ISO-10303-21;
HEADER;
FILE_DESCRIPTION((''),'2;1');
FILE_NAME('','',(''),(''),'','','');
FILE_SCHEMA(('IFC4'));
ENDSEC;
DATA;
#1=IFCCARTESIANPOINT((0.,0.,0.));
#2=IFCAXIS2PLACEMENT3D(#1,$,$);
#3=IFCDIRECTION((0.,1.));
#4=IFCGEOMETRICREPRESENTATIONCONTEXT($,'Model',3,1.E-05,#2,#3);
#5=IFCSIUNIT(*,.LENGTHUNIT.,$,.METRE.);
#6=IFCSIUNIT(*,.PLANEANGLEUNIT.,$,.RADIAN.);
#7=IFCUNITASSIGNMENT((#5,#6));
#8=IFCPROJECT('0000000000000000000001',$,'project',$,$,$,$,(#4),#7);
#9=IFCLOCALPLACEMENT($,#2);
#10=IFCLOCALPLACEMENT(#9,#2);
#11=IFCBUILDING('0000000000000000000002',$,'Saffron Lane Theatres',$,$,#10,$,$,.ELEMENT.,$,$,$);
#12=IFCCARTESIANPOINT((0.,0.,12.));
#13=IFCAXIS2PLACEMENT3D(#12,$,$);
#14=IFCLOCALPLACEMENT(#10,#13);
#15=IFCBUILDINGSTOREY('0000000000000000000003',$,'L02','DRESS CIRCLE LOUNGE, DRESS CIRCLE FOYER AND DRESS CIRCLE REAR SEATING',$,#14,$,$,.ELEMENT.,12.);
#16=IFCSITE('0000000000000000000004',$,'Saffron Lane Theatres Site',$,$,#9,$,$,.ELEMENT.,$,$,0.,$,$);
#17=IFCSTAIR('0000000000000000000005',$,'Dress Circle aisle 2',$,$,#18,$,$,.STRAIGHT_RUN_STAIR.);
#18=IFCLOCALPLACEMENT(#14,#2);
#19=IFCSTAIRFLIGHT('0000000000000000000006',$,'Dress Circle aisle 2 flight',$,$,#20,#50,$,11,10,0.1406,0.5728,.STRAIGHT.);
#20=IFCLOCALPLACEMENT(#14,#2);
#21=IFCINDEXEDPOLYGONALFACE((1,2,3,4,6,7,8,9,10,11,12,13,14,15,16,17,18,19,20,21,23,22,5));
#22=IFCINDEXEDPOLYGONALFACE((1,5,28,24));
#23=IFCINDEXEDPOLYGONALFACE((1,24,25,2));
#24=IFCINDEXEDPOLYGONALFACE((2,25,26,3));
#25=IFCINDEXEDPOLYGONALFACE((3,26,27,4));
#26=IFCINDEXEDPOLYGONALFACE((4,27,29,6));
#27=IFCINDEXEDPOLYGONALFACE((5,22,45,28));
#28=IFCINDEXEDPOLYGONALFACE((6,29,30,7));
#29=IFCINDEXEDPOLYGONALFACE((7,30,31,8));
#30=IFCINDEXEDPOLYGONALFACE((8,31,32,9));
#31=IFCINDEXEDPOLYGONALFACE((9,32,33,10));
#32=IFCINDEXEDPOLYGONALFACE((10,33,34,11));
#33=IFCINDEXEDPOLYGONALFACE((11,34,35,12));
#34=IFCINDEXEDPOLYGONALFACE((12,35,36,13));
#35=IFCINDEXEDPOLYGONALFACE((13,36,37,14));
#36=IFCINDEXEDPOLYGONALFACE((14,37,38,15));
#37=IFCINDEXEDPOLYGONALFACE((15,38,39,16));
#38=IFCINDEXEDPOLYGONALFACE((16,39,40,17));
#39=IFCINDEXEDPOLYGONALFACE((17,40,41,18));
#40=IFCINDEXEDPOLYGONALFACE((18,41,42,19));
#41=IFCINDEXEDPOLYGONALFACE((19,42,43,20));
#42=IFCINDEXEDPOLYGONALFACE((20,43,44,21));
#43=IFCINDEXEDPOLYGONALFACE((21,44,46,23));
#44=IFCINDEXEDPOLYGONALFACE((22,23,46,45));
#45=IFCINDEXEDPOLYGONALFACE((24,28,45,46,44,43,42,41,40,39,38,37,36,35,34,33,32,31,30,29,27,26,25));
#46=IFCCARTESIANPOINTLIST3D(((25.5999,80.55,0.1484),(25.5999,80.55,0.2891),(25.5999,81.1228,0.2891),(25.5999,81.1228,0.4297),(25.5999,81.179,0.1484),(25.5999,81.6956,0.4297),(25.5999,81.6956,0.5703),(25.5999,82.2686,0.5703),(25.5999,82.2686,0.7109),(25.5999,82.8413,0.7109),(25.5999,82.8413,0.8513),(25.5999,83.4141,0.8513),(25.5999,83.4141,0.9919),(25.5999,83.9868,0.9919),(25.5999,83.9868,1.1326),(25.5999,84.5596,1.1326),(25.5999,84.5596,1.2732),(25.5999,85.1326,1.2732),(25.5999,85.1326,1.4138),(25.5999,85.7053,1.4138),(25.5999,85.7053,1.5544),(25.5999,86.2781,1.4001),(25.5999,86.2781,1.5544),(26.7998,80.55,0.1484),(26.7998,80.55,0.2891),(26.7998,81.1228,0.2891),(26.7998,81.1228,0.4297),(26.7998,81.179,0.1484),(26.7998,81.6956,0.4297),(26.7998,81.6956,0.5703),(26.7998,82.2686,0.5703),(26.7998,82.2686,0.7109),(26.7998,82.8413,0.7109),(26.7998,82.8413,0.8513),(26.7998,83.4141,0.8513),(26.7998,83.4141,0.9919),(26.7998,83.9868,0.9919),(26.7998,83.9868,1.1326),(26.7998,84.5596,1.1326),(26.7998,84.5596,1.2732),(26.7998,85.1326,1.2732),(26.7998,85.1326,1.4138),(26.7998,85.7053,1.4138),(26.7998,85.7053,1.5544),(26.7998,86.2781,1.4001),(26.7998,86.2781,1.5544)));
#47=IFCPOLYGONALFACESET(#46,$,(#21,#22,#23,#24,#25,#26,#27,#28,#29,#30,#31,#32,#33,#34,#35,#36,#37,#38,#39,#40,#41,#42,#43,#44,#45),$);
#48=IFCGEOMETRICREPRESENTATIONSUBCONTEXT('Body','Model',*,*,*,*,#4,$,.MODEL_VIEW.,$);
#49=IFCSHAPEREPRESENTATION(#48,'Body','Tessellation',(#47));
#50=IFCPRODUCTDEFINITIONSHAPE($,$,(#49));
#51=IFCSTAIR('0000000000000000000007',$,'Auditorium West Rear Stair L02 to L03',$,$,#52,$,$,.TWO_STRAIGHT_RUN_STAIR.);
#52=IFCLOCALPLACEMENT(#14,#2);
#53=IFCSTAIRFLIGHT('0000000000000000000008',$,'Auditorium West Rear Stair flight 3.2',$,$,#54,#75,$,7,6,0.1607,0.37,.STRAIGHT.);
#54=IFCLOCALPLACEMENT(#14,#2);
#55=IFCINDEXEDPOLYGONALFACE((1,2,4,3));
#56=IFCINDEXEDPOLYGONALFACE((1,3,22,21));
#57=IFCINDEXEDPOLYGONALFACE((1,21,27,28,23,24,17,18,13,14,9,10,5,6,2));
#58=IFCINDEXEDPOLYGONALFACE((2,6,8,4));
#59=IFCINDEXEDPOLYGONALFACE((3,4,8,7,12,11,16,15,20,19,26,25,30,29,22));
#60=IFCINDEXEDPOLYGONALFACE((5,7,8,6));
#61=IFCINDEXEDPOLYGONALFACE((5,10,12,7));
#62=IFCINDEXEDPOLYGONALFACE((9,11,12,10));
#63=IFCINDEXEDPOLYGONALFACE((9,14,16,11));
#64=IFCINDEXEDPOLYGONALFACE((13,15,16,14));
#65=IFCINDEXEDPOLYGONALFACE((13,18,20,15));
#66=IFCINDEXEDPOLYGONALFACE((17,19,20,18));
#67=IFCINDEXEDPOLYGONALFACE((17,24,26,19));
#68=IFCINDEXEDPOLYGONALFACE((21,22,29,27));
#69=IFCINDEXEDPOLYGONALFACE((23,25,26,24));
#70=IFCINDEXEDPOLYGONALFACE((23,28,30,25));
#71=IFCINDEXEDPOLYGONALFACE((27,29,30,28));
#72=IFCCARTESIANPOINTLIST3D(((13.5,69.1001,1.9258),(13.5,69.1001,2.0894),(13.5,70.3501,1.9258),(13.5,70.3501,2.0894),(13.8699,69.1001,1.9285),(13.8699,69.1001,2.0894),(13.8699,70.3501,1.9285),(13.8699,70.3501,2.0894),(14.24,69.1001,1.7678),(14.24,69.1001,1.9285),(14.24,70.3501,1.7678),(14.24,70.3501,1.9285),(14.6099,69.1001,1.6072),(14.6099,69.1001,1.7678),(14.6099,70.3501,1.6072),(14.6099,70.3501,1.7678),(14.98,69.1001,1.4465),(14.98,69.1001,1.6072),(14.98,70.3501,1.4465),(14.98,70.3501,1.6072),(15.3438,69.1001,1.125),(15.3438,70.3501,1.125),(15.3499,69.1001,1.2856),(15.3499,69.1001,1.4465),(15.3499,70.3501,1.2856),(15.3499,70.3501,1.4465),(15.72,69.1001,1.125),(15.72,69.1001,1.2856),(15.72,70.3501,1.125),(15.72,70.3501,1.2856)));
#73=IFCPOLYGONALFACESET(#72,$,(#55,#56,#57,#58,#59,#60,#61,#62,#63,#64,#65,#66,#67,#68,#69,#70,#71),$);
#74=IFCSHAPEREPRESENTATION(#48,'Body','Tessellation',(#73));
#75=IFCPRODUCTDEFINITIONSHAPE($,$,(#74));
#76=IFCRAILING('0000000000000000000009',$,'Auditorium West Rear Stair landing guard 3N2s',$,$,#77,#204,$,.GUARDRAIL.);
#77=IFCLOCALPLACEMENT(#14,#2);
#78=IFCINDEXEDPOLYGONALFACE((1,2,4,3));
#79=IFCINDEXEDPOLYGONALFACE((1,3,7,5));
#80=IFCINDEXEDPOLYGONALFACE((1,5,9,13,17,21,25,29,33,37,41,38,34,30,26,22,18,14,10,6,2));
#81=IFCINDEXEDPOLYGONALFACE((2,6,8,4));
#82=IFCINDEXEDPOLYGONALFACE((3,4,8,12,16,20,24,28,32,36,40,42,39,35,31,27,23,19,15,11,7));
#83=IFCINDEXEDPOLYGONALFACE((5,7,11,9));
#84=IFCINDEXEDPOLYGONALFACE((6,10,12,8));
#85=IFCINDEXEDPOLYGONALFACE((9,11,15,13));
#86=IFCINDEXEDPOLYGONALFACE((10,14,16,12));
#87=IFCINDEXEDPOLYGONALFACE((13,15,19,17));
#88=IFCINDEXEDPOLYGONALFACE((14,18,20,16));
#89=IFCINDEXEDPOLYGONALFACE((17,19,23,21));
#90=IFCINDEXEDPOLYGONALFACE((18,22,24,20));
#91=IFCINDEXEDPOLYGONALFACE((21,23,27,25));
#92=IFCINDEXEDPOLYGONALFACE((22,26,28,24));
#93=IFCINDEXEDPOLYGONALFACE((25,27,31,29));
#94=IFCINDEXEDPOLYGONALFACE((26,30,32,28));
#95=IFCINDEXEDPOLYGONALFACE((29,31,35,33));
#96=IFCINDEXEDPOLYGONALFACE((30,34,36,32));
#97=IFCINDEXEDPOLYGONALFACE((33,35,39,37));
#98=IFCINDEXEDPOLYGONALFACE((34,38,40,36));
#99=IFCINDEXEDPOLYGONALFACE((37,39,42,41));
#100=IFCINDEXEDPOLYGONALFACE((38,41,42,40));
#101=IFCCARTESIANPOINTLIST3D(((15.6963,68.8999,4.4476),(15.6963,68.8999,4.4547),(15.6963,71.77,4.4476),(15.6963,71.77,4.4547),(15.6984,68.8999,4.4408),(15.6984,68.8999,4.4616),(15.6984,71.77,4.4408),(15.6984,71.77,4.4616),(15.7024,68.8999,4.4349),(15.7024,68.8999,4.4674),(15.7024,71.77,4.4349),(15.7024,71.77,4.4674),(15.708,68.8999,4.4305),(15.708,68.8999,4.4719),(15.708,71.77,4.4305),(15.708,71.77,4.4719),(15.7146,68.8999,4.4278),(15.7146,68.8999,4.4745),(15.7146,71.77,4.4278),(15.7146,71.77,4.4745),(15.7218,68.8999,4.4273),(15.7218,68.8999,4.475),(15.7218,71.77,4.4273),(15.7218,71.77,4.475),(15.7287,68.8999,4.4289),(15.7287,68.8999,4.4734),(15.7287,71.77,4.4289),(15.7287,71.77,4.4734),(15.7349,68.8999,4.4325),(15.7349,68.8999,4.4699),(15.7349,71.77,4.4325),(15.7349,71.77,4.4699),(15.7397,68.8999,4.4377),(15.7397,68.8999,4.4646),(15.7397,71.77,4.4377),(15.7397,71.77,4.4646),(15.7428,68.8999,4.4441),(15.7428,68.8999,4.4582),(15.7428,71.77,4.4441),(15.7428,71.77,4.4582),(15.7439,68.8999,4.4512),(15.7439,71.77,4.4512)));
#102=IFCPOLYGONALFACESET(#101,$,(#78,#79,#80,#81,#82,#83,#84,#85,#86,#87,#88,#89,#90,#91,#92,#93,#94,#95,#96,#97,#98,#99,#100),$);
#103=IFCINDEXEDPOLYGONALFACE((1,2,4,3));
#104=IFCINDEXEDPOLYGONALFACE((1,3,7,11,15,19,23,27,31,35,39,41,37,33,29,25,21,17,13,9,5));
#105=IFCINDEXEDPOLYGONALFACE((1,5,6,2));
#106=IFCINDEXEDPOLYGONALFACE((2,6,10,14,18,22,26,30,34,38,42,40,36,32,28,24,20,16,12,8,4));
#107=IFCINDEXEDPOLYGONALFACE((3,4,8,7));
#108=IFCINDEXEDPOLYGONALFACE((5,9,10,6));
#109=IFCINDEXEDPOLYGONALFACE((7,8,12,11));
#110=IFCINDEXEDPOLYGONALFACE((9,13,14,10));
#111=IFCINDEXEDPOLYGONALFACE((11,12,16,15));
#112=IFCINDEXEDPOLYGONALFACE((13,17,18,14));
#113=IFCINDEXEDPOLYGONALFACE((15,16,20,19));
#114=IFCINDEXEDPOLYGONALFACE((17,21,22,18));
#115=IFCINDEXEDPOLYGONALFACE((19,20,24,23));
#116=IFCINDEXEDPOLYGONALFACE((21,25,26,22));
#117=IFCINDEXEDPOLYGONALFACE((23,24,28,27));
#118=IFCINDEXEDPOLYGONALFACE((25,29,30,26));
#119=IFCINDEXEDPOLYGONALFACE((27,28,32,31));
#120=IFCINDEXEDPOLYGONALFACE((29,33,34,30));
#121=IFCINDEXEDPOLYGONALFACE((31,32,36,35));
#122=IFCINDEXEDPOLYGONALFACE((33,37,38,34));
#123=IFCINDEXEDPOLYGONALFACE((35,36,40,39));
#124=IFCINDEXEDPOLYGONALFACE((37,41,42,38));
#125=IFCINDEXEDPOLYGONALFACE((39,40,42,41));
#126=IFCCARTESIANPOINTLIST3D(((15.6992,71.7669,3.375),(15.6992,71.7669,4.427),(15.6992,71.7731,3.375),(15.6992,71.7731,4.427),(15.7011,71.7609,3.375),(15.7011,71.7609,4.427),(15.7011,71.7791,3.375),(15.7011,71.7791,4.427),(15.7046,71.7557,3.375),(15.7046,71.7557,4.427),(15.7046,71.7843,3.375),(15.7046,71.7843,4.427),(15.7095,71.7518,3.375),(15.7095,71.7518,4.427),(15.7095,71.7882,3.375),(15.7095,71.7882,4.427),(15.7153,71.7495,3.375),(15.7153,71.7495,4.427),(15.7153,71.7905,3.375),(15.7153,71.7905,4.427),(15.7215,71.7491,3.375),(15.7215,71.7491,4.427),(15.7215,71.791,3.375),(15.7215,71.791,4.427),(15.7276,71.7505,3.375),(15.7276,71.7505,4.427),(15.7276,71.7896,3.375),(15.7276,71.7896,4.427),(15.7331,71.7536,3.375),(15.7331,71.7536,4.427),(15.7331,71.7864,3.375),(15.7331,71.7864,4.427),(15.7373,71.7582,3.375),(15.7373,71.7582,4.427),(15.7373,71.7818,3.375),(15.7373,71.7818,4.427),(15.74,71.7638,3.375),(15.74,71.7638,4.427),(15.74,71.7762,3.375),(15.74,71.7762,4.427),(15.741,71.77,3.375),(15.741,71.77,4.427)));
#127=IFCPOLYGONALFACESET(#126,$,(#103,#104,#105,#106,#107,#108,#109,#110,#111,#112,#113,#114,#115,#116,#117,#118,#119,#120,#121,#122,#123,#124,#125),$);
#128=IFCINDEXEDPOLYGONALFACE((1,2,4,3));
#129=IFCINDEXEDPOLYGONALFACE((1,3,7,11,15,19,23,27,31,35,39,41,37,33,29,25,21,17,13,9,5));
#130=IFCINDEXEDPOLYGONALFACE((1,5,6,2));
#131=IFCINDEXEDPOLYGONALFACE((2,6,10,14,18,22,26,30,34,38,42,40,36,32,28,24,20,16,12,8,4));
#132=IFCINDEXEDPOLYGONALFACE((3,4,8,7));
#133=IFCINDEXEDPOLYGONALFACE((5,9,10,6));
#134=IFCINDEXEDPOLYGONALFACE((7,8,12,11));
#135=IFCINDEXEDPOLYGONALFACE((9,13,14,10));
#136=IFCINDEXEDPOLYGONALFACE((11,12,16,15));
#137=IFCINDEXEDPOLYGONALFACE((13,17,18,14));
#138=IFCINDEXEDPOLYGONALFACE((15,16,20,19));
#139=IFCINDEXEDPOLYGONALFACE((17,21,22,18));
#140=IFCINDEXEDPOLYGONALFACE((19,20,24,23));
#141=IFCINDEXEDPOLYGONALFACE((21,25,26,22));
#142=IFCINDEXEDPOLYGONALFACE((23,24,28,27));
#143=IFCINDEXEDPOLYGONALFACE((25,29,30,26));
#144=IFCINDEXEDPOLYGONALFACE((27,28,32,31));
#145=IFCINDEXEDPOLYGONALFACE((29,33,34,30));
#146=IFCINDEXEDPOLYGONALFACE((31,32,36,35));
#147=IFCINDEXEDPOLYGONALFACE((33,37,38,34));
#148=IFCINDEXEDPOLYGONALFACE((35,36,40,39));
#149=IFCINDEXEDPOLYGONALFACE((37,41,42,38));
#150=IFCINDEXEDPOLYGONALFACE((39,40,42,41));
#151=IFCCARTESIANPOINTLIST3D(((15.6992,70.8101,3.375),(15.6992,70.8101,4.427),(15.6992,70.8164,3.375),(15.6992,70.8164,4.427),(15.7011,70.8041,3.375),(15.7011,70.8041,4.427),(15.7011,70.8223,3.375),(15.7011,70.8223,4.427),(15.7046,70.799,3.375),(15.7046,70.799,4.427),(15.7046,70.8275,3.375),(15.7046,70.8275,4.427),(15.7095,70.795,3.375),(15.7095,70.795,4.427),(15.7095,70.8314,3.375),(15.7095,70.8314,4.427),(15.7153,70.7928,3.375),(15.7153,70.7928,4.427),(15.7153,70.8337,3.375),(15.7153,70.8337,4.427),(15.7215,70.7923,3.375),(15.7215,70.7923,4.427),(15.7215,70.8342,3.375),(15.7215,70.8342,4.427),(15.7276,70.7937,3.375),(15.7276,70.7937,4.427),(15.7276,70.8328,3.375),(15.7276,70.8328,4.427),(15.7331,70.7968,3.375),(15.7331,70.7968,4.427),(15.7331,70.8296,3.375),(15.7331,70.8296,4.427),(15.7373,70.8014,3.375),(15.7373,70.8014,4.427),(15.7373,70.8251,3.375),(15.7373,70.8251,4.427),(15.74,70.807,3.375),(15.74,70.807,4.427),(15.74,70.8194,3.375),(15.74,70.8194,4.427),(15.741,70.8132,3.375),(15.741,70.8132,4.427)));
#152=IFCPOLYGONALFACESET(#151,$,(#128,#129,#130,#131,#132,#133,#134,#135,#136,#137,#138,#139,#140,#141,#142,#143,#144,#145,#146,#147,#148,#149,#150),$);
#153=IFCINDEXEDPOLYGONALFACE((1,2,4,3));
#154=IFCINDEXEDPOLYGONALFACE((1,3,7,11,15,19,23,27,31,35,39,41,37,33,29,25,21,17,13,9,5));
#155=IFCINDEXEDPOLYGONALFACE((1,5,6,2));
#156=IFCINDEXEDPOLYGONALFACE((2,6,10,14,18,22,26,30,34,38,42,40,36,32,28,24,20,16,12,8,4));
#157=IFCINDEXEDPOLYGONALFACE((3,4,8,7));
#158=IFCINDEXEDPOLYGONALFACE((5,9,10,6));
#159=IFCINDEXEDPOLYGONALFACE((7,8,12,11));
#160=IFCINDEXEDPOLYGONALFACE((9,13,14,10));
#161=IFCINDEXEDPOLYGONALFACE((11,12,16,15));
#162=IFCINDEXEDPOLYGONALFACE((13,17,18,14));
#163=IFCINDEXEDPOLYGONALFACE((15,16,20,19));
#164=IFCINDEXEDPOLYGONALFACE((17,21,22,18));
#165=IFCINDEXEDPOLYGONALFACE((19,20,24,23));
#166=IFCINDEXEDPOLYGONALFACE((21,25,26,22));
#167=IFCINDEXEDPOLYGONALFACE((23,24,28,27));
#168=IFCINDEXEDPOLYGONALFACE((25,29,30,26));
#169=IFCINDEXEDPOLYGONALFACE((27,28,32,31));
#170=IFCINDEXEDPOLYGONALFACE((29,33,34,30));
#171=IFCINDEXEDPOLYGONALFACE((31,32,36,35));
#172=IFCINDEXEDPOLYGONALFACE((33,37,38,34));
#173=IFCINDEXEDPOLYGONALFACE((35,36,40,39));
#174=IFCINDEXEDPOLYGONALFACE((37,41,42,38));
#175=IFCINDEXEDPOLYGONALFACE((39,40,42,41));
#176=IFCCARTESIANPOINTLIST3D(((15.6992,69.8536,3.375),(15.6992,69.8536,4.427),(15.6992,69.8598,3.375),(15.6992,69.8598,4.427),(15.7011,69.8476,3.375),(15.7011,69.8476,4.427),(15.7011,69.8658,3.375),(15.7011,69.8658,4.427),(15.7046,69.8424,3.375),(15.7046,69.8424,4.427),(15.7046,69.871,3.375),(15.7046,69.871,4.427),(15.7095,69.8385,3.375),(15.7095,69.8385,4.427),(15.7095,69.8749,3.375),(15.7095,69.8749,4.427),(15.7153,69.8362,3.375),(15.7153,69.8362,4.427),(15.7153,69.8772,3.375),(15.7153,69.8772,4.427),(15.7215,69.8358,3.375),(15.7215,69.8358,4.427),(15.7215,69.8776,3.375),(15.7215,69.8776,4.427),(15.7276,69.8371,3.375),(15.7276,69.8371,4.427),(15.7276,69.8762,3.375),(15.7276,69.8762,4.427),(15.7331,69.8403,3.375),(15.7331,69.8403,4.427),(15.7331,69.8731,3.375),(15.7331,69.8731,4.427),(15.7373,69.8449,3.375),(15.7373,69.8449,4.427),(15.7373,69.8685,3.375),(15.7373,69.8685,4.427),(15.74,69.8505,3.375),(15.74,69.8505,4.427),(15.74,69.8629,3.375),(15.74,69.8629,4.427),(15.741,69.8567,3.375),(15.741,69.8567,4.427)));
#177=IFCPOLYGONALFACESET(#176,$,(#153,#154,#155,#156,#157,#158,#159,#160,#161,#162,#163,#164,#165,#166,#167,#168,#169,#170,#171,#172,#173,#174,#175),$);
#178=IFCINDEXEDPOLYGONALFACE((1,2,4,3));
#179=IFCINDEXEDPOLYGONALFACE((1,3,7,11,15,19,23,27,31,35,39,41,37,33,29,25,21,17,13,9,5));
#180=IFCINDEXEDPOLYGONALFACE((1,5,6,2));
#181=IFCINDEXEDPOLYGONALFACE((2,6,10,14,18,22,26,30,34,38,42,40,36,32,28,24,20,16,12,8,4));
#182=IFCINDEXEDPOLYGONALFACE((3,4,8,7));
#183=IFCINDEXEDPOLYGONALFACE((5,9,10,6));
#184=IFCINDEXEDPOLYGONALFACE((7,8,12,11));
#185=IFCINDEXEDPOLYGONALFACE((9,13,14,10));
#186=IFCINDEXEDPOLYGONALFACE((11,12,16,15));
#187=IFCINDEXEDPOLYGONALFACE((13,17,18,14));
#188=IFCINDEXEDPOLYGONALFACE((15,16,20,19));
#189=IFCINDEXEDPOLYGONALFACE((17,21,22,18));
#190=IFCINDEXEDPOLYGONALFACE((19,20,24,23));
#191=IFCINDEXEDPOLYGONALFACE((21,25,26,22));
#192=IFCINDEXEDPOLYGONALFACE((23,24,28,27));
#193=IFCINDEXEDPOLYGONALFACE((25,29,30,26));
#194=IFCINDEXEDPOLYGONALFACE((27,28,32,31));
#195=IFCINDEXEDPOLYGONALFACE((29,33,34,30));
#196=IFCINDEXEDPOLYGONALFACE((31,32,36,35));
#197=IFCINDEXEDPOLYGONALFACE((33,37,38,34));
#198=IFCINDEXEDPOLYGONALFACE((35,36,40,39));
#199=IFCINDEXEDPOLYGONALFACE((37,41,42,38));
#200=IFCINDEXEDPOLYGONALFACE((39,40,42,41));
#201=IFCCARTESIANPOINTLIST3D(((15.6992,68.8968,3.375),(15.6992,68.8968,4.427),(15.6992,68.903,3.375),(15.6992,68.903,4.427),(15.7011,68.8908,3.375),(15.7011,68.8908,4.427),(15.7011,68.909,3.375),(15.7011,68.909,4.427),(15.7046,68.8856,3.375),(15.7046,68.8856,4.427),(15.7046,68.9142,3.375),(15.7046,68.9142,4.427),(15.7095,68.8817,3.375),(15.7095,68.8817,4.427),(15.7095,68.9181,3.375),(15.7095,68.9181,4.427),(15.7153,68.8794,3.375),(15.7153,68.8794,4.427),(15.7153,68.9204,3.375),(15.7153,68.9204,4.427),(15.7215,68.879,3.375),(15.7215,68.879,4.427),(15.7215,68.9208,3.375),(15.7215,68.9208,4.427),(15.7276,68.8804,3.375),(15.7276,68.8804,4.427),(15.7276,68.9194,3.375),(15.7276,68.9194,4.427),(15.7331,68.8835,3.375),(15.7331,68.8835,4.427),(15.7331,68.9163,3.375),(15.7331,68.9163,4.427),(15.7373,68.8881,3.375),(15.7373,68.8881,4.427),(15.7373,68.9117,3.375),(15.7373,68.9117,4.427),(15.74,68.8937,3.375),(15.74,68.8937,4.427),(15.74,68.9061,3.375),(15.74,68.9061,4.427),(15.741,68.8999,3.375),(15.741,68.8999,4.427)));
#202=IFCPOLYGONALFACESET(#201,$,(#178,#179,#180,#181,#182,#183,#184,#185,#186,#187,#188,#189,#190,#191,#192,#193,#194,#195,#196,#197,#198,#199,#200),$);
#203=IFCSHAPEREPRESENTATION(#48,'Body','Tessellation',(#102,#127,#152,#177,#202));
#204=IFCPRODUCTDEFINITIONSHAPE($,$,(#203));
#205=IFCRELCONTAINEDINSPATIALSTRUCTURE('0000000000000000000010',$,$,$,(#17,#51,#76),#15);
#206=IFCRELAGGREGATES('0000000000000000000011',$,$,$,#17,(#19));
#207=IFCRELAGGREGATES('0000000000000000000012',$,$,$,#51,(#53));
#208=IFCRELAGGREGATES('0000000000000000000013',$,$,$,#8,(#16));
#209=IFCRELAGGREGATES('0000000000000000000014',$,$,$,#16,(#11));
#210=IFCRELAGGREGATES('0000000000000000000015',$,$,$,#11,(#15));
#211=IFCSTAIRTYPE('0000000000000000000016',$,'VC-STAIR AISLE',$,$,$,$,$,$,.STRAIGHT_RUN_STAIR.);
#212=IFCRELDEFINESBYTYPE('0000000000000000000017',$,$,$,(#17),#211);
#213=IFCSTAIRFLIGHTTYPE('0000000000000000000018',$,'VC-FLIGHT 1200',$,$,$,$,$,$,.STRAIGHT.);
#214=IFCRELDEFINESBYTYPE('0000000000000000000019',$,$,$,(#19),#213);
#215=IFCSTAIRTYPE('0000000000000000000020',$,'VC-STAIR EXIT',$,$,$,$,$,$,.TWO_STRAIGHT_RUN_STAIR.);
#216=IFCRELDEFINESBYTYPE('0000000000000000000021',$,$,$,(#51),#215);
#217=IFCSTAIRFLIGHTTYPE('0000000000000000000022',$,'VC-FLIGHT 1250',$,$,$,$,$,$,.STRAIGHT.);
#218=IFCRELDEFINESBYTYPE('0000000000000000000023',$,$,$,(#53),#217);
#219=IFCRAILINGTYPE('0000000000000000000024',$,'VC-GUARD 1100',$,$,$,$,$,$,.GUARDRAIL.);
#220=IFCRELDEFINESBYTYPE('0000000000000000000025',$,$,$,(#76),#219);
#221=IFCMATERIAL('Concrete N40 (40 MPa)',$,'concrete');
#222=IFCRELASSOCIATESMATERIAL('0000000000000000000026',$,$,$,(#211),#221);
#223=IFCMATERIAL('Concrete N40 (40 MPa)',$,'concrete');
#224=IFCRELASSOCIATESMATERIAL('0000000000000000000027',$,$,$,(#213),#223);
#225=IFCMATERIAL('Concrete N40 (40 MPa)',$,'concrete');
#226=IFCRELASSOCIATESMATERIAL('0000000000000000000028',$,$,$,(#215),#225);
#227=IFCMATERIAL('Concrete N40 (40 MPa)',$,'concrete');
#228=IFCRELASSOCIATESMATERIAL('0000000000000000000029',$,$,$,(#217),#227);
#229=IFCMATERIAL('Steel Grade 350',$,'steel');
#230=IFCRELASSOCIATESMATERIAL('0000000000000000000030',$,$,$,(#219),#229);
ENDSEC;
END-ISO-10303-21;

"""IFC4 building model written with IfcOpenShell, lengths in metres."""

from ifc_helpers import new_model, si_unit, direction, frame, origin, origin_2d, place, context, subcontext, project, spatial, polyline, circle, outline, extrude, material, type_object, element, aggregate, save


model = new_model("IFC4")

# Units and contexts
model_context = context("Model", 3, precision=1e-05, world=origin(), true_north=direction((0.0, 1.0)))
body_context = subcontext(model_context, "Body", "Model", "MODEL_VIEW")
ifc_project = project(units=[si_unit("LENGTHUNIT", "METRE"), si_unit("PLANEANGLEUNIT", "RADIAN")], contexts=[model_context])

# Site, building, storey
site_placement = place(None, origin())
site = spatial("IfcSite", under=ifc_project, at=site_placement, Name="Saffron Lane Theatres Site", CompositionType="ELEMENT", RefElevation=0.0)
building_placement = place(site_placement, origin())
building = spatial("IfcBuilding", under=site, at=building_placement, Name="Saffron Lane Theatres", CompositionType="ELEMENT")
storey_placement = place(building_placement, frame((0.0, 0.0, 12.0)))
storey = spatial("IfcBuildingStorey", under=building, at=storey_placement, Name="L02", Description="DRESS CIRCLE LOUNGE, DRESS CIRCLE FOYER AND DRESS CIRCLE REAR SEATING", CompositionType="ELEMENT", Elevation=12.0)

# Stairs, stair flights
ifc_material_1 = material(Name="Concrete N40 (40 MPa)", Category="concrete")
stair_type_1 = type_object("IfcStairType", Name="VC-STAIR AISLE", PredefinedType="STRAIGHT_RUN_STAIR", material=ifc_material_1)
stair_1_placement = place(storey_placement, origin())
stair_1 = element("IfcStair", 1, at=stair_1_placement, inside=storey, type_object=stair_type_1, Name="Dress Circle aisle 2", PredefinedType="STRAIGHT_RUN_STAIR")
ifc_material_2 = material(Name="Concrete N40 (40 MPa)", Category="concrete")
stair_flight_type_1 = type_object("IfcStairFlightType", Name="VC-FLIGHT 1200", PredefinedType="STRAIGHT", material=ifc_material_2)
stair_flight_1_placement = place(storey_placement, frame((26.2, 80.55, 0.1484), z_axis=(0.0, 0.0, 1.0), x_axis=(0.0, 1.0, 0.0)))
stair_flight_1 = element("IfcStairFlight", 2, at=stair_flight_1_placement, type_object=stair_flight_type_1, Name="Dress Circle aisle 2 flight", NumberOfRisers=11, NumberOfTreads=10, PredefinedType="STRAIGHT", RiserHeight=0.1406, TreadLength=0.5728, context=body_context, shape_type="SweptSolid", body=[
    extrude(outline(polyline([(0.0, 0.0), (0.0, 0.1406), (0.5728, 0.1406), (0.5728, 0.2812), (1.1455, 0.2812), (1.1455, 0.4219), (1.7185, 0.4219), (1.7185, 0.5625), (2.2913, 0.5625), (2.2913, 0.7029), (2.864, 0.7029), (2.864, 0.8435), (3.4368, 0.8435), (3.4368, 0.9841), (4.0095, 0.9841), (4.0095, 1.1248), (4.5825, 1.1248), (4.5825, 1.2654), (5.1553, 1.2654), (5.1553, 1.406), (5.728, 1.406), (5.728, 1.5466), (5.728, 1.2517), (0.6289, 0.0), (0.0, 0.0)])), frame((0.0, 0.6001, 0.0), z_axis=(0.0, -1.0, 0.0), x_axis=(1.0, 0.0, 0.0)), (0.0, 0.0, 1.0), 1.2),
])
aggregate(stair_1, [stair_flight_1])
ifc_material_3 = material(Name="Concrete N40 (40 MPa)", Category="concrete")
stair_type_2 = type_object("IfcStairType", Name="VC-STAIR EXIT", PredefinedType="TWO_STRAIGHT_RUN_STAIR", material=ifc_material_3)
stair_2_placement = place(storey_placement, origin())
stair_2 = element("IfcStair", 3, at=stair_2_placement, inside=storey, type_object=stair_type_2, Name="Auditorium West Rear Stair L02 to L03", PredefinedType="TWO_STRAIGHT_RUN_STAIR")
ifc_material_4 = material(Name="Concrete N40 (40 MPa)", Category="concrete")
stair_flight_type_2 = type_object("IfcStairFlightType", Name="VC-FLIGHT 1250", PredefinedType="STRAIGHT", material=ifc_material_4)
stair_flight_2_placement = place(storey_placement, frame((15.72, 69.7251, 1.125), z_axis=(0.0, 0.0, 1.0), x_axis=(-1.0, 0.0, 0.0)))
stair_flight_2 = element("IfcStairFlight", 4, at=stair_flight_2_placement, type_object=stair_flight_type_2, Name="Auditorium West Rear Stair flight 3.2", NumberOfRisers=7, NumberOfTreads=6, PredefinedType="STRAIGHT", RiserHeight=0.1607, TreadLength=0.37, context=body_context, shape_type="SweptSolid", body=[
    extrude(outline(polyline([(0.0, 0.0), (0.0, 0.1606), (0.3701, 0.1606), (0.3701, 0.3215), (0.74, 0.3215), (0.74, 0.4822), (1.1101, 0.4822), (1.1101, 0.6428), (1.48, 0.6428), (1.48, 0.8035), (1.8501, 0.8035), (1.8501, 0.9644), (2.22, 0.9644), (2.22, 1.125), (2.22, 0.8008), (0.3762, 0.0), (0.0, 0.0)])), frame((0.0, 0.625, 0.0), z_axis=(0.0, -1.0, 0.0), x_axis=(1.0, 0.0, 0.0)), (0.0, 0.0, 1.0), 1.25),
])
aggregate(stair_2, [stair_flight_2])

# Railing
ifc_material_5 = material(Name="Steel Grade 350", Category="steel")
railing_type_1 = type_object("IfcRailingType", Name="VC-GUARD 1100", PredefinedType="GUARDRAIL", material=ifc_material_5)
railing_1_placement = place(storey_placement, frame((15.72, 71.77, 3.375)))
element("IfcRailing", 5, at=railing_1_placement, inside=storey, type_object=railing_type_1, Name="Auditorium West Rear Stair landing guard 3N2s", PredefinedType="GUARDRAIL", context=body_context, shape_type="SweptSolid", body=[
    extrude(circle(Radius=0.0239, at=origin_2d()), frame((0.0, 0.0, 1.0762), z_axis=(0.0, -1.0, 0.0), x_axis=(1.0, 0.0, 0.0)), (0.0, 0.0, 1.0), 2.8701),
    extrude(circle(Radius=0.021, at=origin_2d()), origin(), (0.0, 0.0, 1.0), 1.052),
    extrude(circle(Radius=0.021, at=origin_2d()), frame((0.0, -0.9568, 0.0)), (0.0, 0.0, 1.0), 1.052),
    extrude(circle(Radius=0.021, at=origin_2d()), frame((0.0, -1.9133, 0.0)), (0.0, 0.0, 1.0), 1.052),
    extrude(circle(Radius=0.021, at=origin_2d()), frame((0.0, -2.8701, 0.0)), (0.0, 0.0, 1.0), 1.052),
])

save(model, "model.ifc")
